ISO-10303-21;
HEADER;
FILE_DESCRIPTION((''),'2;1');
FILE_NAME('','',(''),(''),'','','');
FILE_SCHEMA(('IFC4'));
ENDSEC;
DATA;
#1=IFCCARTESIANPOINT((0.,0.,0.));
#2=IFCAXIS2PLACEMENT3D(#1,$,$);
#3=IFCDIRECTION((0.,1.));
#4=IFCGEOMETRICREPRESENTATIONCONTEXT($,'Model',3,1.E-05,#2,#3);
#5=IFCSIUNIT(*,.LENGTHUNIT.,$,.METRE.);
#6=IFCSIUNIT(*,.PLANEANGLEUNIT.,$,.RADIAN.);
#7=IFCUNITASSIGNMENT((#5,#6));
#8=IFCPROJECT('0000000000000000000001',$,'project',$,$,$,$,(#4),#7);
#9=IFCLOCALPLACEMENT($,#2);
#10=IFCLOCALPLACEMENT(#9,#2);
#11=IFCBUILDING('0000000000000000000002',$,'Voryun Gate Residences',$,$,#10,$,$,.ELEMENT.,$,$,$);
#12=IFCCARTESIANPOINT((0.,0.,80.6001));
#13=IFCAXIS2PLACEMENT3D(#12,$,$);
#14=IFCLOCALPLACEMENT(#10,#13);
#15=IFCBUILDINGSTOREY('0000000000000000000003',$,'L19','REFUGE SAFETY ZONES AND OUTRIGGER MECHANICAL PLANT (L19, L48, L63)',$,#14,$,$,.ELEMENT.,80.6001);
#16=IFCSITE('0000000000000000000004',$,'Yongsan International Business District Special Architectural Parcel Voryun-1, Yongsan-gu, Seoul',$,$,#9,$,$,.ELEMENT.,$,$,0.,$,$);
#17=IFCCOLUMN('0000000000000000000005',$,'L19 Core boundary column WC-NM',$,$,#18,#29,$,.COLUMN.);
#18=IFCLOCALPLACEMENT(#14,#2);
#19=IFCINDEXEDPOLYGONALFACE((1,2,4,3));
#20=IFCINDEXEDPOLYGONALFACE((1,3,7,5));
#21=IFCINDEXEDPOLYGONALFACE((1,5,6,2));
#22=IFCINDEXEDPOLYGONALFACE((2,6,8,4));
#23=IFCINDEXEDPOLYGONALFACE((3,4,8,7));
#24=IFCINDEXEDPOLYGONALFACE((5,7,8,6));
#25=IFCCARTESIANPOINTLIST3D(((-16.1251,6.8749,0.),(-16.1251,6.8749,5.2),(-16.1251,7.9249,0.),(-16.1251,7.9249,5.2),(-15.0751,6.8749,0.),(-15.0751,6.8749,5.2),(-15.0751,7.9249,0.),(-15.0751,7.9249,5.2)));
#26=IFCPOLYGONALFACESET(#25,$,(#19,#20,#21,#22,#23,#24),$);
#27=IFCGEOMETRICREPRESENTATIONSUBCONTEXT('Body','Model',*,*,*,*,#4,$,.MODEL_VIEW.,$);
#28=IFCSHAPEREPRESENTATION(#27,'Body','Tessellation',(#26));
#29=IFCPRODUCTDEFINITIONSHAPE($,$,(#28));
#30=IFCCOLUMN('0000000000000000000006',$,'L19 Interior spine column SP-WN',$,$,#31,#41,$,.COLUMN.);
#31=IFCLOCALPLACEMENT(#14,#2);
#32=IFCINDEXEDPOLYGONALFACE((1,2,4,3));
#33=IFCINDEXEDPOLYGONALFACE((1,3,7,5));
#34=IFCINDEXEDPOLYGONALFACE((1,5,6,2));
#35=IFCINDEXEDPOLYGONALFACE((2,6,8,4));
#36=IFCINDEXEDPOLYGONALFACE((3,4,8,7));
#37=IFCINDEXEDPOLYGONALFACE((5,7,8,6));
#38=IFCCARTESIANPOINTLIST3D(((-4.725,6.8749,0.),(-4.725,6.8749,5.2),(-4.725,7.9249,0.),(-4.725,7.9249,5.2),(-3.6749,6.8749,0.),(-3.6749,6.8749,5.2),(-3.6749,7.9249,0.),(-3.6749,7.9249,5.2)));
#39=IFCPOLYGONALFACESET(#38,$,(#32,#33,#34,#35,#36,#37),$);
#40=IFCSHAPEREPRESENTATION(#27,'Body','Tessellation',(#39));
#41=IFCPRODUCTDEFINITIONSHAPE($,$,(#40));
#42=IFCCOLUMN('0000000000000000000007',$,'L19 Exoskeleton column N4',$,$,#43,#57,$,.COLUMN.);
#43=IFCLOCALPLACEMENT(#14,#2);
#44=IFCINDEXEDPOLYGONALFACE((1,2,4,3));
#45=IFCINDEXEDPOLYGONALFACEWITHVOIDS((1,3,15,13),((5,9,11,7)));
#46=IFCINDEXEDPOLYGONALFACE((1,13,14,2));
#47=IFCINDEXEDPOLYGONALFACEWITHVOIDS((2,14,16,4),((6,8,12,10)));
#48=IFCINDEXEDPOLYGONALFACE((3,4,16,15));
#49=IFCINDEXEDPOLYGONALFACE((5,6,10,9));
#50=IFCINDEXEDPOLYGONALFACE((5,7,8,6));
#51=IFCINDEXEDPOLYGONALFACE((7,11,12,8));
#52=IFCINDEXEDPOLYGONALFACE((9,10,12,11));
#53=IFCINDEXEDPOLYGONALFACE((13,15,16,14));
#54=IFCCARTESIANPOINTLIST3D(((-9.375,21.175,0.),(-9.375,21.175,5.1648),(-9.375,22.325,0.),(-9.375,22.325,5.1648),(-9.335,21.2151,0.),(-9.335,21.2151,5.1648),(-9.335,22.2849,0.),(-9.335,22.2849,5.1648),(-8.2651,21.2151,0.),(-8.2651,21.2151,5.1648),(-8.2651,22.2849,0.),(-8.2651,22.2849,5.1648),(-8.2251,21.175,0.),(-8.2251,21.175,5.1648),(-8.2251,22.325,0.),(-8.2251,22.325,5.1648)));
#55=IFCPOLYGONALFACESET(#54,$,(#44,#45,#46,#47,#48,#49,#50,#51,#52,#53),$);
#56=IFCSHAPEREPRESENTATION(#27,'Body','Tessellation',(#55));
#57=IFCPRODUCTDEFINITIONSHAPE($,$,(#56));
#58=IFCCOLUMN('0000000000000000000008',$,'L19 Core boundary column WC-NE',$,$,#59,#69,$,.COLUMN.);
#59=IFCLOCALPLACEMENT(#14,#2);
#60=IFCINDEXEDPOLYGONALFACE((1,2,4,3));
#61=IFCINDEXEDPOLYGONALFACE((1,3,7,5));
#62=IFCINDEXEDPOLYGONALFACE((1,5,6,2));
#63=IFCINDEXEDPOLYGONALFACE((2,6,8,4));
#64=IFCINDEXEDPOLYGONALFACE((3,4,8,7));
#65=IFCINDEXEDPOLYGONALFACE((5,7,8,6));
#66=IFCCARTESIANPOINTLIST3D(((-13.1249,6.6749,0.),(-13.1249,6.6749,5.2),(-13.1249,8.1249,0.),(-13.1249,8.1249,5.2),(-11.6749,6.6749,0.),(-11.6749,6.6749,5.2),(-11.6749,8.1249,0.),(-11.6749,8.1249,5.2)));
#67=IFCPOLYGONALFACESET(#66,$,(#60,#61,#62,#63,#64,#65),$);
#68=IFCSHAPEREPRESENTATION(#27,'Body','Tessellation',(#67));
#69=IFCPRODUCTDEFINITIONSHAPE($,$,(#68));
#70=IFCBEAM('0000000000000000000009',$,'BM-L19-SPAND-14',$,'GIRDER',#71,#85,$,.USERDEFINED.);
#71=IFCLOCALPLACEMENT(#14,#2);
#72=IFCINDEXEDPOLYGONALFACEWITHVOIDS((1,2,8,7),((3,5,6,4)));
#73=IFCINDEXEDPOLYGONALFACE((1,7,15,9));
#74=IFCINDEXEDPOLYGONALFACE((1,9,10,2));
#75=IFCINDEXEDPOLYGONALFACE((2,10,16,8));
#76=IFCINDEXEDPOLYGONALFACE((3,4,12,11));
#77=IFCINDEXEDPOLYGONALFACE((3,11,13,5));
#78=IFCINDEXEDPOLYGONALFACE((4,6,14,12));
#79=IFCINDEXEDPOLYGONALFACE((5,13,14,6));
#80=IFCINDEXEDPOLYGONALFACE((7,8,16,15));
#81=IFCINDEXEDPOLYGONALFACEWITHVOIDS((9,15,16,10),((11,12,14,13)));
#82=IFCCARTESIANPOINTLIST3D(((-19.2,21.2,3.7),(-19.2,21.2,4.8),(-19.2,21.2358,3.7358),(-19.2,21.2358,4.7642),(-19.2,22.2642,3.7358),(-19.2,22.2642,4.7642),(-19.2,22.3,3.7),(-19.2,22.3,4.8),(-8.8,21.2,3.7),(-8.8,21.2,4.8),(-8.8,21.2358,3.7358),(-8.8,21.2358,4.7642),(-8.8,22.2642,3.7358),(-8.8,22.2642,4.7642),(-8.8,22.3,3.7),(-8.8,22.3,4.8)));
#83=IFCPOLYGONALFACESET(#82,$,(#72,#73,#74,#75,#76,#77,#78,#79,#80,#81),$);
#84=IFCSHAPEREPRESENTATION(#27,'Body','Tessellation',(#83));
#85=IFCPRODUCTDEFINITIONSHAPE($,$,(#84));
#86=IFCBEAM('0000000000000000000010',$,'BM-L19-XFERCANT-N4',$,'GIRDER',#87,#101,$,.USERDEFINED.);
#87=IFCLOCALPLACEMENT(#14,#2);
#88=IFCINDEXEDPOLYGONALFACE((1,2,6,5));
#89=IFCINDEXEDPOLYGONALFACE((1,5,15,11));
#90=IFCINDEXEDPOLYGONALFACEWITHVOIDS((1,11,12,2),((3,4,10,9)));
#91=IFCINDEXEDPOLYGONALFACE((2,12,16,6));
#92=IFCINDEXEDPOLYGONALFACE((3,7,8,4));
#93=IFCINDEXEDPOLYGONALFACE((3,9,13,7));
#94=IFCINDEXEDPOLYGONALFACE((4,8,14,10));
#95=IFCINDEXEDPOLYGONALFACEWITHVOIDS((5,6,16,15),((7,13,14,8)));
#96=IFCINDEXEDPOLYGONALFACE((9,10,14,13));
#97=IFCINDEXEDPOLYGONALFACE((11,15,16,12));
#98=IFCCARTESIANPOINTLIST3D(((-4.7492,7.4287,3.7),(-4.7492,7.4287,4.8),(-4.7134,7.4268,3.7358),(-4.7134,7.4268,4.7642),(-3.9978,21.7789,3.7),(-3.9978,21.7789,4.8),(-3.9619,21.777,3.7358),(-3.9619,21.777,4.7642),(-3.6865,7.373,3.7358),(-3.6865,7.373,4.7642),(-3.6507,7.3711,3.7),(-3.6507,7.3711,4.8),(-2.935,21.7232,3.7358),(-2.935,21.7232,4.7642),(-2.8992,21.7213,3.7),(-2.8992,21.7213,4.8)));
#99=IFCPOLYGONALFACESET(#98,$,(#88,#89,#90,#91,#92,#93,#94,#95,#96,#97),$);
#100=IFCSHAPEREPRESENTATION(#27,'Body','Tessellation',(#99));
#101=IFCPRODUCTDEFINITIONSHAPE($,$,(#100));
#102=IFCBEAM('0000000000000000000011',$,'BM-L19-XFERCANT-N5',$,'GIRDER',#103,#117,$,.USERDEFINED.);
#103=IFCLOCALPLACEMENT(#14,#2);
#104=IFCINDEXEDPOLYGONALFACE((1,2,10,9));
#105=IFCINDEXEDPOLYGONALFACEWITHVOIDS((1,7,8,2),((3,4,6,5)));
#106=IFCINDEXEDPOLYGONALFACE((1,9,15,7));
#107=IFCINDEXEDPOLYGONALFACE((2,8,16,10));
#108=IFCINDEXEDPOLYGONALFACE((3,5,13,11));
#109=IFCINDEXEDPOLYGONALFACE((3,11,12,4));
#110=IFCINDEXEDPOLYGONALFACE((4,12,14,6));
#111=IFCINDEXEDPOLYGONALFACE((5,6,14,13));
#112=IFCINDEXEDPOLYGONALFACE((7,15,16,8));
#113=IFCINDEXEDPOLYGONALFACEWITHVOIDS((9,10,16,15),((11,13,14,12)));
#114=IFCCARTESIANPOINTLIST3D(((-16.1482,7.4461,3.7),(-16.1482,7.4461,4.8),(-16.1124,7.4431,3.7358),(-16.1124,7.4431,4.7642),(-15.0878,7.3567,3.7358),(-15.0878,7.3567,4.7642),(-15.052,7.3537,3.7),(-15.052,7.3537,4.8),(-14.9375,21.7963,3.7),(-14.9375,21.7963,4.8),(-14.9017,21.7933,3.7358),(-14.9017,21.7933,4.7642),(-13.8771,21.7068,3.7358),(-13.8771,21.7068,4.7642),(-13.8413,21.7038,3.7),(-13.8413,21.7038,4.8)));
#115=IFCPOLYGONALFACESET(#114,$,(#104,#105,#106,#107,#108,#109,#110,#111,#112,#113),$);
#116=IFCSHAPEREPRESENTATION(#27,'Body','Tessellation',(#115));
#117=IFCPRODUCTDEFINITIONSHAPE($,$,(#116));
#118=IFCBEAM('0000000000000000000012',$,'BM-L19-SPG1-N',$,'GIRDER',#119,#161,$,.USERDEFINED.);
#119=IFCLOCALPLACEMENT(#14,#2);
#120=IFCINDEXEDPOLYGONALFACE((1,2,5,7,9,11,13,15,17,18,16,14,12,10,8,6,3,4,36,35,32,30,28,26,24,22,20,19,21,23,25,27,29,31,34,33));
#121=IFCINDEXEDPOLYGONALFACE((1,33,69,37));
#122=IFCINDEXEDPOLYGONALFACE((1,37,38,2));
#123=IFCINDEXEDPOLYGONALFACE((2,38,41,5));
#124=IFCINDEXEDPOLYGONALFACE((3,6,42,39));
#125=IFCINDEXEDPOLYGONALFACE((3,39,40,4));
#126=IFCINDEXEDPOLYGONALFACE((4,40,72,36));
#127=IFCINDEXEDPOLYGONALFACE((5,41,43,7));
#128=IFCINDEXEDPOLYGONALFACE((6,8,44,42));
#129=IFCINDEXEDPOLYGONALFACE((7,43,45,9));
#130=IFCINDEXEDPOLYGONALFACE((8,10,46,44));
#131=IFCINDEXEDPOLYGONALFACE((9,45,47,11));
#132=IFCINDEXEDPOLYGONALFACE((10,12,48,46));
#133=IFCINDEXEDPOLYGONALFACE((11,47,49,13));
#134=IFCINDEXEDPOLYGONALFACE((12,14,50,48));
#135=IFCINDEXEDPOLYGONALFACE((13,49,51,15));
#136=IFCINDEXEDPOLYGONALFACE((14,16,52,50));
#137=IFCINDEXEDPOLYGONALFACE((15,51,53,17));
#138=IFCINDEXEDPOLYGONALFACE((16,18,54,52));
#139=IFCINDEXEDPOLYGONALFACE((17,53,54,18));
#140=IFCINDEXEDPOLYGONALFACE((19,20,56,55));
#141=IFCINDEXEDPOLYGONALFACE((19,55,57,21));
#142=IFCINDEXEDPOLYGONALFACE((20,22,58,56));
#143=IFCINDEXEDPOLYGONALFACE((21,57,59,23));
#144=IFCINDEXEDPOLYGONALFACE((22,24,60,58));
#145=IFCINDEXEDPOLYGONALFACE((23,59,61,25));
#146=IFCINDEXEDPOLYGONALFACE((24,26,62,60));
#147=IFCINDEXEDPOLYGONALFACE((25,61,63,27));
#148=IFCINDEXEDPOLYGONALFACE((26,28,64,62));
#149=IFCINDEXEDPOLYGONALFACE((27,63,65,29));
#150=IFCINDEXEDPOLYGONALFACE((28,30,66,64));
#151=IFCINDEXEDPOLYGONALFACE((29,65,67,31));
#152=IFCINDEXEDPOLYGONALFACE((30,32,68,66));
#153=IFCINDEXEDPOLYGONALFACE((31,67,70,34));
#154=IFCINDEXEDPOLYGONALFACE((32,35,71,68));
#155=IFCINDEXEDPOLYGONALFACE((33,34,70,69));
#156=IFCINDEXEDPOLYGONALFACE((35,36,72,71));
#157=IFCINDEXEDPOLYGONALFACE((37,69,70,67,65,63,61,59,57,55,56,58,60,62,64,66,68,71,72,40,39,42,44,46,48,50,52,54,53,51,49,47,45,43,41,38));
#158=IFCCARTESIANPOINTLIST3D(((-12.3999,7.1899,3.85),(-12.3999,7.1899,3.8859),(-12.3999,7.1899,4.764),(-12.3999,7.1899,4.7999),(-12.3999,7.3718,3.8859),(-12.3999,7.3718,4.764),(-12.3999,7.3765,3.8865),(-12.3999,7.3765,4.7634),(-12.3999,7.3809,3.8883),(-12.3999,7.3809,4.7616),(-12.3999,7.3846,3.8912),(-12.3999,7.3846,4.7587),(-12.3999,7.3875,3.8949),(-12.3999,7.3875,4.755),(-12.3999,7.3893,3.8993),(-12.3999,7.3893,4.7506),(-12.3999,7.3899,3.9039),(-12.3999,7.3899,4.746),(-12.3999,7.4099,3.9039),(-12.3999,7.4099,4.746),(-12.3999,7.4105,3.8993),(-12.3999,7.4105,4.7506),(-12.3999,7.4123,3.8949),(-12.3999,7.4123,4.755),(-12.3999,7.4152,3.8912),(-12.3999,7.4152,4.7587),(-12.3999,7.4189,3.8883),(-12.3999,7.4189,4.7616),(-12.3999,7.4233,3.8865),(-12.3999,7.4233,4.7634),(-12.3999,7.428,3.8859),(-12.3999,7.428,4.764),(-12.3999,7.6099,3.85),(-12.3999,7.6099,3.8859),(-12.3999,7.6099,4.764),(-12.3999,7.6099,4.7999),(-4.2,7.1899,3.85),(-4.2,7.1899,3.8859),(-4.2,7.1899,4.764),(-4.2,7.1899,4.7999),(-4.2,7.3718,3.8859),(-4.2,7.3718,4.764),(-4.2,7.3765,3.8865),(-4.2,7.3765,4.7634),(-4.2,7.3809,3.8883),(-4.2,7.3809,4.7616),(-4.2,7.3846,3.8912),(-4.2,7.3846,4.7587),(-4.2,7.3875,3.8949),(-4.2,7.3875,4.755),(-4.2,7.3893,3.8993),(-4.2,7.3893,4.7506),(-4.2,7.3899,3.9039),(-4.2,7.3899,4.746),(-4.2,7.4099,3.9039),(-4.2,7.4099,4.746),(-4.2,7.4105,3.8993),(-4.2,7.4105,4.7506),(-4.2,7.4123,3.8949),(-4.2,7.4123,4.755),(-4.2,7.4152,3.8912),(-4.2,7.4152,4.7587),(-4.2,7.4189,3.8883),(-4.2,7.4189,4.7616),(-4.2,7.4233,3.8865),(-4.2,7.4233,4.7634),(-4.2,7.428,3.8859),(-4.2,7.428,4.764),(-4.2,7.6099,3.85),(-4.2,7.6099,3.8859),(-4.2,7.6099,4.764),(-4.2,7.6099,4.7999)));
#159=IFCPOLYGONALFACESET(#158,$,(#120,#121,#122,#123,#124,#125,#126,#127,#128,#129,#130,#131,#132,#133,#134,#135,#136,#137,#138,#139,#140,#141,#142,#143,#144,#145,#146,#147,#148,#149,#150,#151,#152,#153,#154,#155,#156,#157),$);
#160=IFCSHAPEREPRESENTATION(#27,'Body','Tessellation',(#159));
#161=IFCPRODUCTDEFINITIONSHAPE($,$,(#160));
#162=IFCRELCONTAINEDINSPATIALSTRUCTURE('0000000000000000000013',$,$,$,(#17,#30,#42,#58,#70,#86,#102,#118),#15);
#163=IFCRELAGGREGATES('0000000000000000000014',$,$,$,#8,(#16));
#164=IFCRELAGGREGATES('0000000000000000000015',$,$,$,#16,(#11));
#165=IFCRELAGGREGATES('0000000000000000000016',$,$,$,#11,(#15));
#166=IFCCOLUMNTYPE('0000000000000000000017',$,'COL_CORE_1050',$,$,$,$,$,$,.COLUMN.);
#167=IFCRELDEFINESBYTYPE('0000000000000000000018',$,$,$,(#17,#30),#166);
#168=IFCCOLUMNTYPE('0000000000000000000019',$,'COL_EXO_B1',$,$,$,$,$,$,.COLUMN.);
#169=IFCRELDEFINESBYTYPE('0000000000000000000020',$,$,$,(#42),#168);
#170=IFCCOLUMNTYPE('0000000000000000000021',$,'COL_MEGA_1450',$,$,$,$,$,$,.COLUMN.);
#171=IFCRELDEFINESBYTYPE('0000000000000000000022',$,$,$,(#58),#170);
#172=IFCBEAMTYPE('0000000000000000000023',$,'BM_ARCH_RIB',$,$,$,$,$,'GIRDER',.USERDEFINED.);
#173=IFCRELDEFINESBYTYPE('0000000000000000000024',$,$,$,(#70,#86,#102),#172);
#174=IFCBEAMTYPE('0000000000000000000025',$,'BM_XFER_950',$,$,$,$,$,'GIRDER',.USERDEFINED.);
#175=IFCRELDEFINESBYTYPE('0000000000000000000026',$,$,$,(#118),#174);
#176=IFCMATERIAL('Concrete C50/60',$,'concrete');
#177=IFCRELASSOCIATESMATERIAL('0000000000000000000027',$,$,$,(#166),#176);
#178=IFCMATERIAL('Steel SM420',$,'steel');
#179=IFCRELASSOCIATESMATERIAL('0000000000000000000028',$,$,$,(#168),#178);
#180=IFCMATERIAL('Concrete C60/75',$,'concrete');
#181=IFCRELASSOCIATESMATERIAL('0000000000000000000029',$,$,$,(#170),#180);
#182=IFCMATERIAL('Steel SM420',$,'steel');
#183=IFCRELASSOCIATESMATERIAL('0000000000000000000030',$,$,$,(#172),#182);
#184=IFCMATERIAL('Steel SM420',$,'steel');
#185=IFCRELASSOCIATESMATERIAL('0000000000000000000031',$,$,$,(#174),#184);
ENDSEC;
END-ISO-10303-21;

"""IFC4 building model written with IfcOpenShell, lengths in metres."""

from ifc_helpers import new_model, si_unit, direction, frame, origin, origin_2d, place, context, subcontext, project, spatial, rectangle, hollow_rectangle, i_section, extrude, material, material_profile, profile_set, type_object, element, save


model = new_model("IFC4")

# Units and contexts
model_context = context("Model", 3, precision=1e-05, world=origin(), true_north=direction((0.0, 1.0)))
body_context = subcontext(model_context, "Body", "Model", "MODEL_VIEW")
ifc_project = project(units=[si_unit("LENGTHUNIT", "METRE"), si_unit("PLANEANGLEUNIT", "RADIAN")], contexts=[model_context])

# Site, building, storey
site_placement = place(None, origin())
site = spatial("IfcSite", under=ifc_project, at=site_placement, Name="Yongsan International Business District Special Architectural Parcel Voryun-1, Yongsan-gu, Seoul", CompositionType="ELEMENT", RefElevation=0.0)
building_placement = place(site_placement, origin())
building = spatial("IfcBuilding", under=site, at=building_placement, Name="Voryun Gate Residences", CompositionType="ELEMENT")
storey_placement = place(building_placement, frame((0.0, 0.0, 80.6001)))
storey = spatial("IfcBuildingStorey", under=building, at=storey_placement, Name="L19", Description="REFUGE SAFETY ZONES AND OUTRIGGER MECHANICAL PLANT (L19, L48, L63)", CompositionType="ELEMENT", Elevation=80.6001)

# Columns
ifc_material_1 = material(Name="Concrete C50/60", Category="concrete")
ifc_material_profile_1 = material_profile(ifc_material_1, rectangle(XDim=1.05, YDim=1.05, at=origin_2d()), Name="RC-1050x1050")
ifc_profile_set_1 = profile_set([ifc_material_profile_1], Name="Concrete C50/60")
column_type_1 = type_object("IfcColumnType", Name="COL_CORE_1050", PredefinedType="COLUMN", material=ifc_profile_set_1)
for number, where, z_axis, x_axis, name in (
    (1, (-15.6001, 7.3999, 0.0), (0.0, 0.0, 1.0), (1.0, 0.0, 0.0), "L19 Core boundary column WC-NM"),
    (2, (-4.2, 7.3999, 0.0), (0.0, 0.0, 1.0), (1.0, 0.0, 0.0), "L19 Interior spine column SP-WN"),
):
    element("IfcColumn", number, at=place(storey_placement, frame(where, z_axis=z_axis, x_axis=x_axis)), inside=storey, type_object=column_type_1, Name=name, PredefinedType="COLUMN", context=body_context, shape_type="SweptSolid", body=[
        extrude(rectangle(XDim=1.05, YDim=1.05, at=origin_2d()), origin(), (0.0, 0.0, 1.0), 5.2),
    ])
ifc_material_2 = material(Name="Steel SM420", Category="steel")
ifc_material_profile_2 = material_profile(ifc_material_2, hollow_rectangle(XDim=1.1499, YDim=1.1499, WallThickness=0.04, at=origin_2d()), Name="BOX-1150x1150x40")
ifc_profile_set_2 = profile_set([ifc_material_profile_2], Name="Steel SM420")
column_type_2 = type_object("IfcColumnType", Name="COL_EXO_B1", PredefinedType="COLUMN", material=ifc_profile_set_2)
column_1_placement = place(storey_placement, frame((-8.8, 21.75, 0.0), z_axis=(0.0, 0.0, 1.0), x_axis=(1.0, 0.0, 0.0)))
element("IfcColumn", 3, at=column_1_placement, inside=storey, type_object=column_type_2, Name="L19 Exoskeleton column N4", PredefinedType="COLUMN", context=body_context, shape_type="SweptSolid", body=[
    extrude(hollow_rectangle(XDim=1.1499, YDim=1.1499, WallThickness=0.04, at=origin_2d()), origin(), (0.0, 0.0, 1.0), 5.1648),
])
ifc_material_3 = material(Name="Concrete C60/75", Category="concrete")
ifc_material_profile_3 = material_profile(ifc_material_3, rectangle(XDim=1.45, YDim=1.45, at=origin_2d()), Name="RC-1450x1450")
ifc_profile_set_3 = profile_set([ifc_material_profile_3], Name="Concrete C60/75")
column_type_3 = type_object("IfcColumnType", Name="COL_MEGA_1450", PredefinedType="COLUMN", material=ifc_profile_set_3)
column_2_placement = place(storey_placement, frame((-12.3999, 7.3999, 0.0), z_axis=(0.0, 0.0, 1.0), x_axis=(1.0, 0.0, 0.0)))
element("IfcColumn", 4, at=column_2_placement, inside=storey, type_object=column_type_3, Name="L19 Core boundary column WC-NE", PredefinedType="COLUMN", context=body_context, shape_type="SweptSolid", body=[
    extrude(rectangle(XDim=1.45, YDim=1.45, at=origin_2d()), origin(), (0.0, 0.0, 1.0), 5.2),
])

# Beams
ifc_material_4 = material(Name="Steel SM420", Category="steel")
ifc_material_profile_4 = material_profile(ifc_material_4, hollow_rectangle(XDim=1.1001, YDim=1.1001, WallThickness=0.0359, at=origin_2d()), Name="BOX-1100x1100x36")
ifc_profile_set_4 = profile_set([ifc_material_profile_4], Name="Steel SM420")
beam_type_1 = type_object("IfcBeamType", Name="BM_ARCH_RIB", ElementType="GIRDER", PredefinedType="USERDEFINED", material=ifc_profile_set_4)
beam_1_placement = place(storey_placement, frame((-8.8, 21.75, 4.25), z_axis=(-1.0, 0.0, 0.0), x_axis=(0.0, -1.0, 0.0)))
element("IfcBeam", 5, at=beam_1_placement, inside=storey, type_object=beam_type_1, Name="BM-L19-SPAND-14", ObjectType="GIRDER", PredefinedType="USERDEFINED", context=body_context, shape_type="SweptSolid", body=[
    extrude(hollow_rectangle(XDim=1.1001, YDim=1.1001, WallThickness=0.0359, at=origin_2d()), origin(), (0.0, 0.0, 1.0), 10.3999),
])
beam_2_placement = place(storey_placement, frame((-4.2, 7.3999, 4.25), z_axis=(0.052295, 0.998632, 0.0), x_axis=(-0.998632, 0.052295, 0.0)))
element("IfcBeam", 6, at=beam_2_placement, inside=storey, type_object=beam_type_1, Name="BM-L19-XFERCANT-N4", ObjectType="GIRDER", PredefinedType="USERDEFINED", context=body_context, shape_type="SweptSolid", body=[
    extrude(hollow_rectangle(XDim=1.1001, YDim=1.1001, WallThickness=0.0359, at=origin_2d()), origin(), (0.0, 0.0, 1.0), 14.3699),
])
beam_3_placement = place(storey_placement, frame((-15.6001, 7.3999, 4.25), z_axis=(0.08407, 0.99646, 0.0), x_axis=(-0.99646, 0.08407, 0.0)))
element("IfcBeam", 7, at=beam_3_placement, inside=storey, type_object=beam_type_1, Name="BM-L19-XFERCANT-N5", ObjectType="GIRDER", PredefinedType="USERDEFINED", context=body_context, shape_type="SweptSolid", body=[
    extrude(hollow_rectangle(XDim=1.1001, YDim=1.1001, WallThickness=0.0359, at=origin_2d()), origin(), (0.0, 0.0, 1.0), 14.4011),
])
ifc_material_5 = material(Name="Steel SM420", Category="steel")
ifc_material_profile_5 = material_profile(ifc_material_5, i_section(OverallWidth=0.4199, OverallDepth=0.95, WebThickness=0.02, FlangeThickness=0.0359, FilletRadius=0.0181, at=origin_2d()), Name="H-950x420x20x36")
ifc_profile_set_5 = profile_set([ifc_material_profile_5], Name="Steel SM420")
beam_type_2 = type_object("IfcBeamType", Name="BM_XFER_950", ElementType="GIRDER", PredefinedType="USERDEFINED", material=ifc_profile_set_5)
beam_4_placement = place(storey_placement, frame((-12.3999, 7.3999, 4.325), z_axis=(1.0, 0.0, 0.0), x_axis=(0.0, 1.0, 0.0)))
element("IfcBeam", 8, at=beam_4_placement, inside=storey, type_object=beam_type_2, Name="BM-L19-SPG1-N", ObjectType="GIRDER", PredefinedType="USERDEFINED", context=body_context, shape_type="SweptSolid", body=[
    extrude(i_section(OverallWidth=0.4199, OverallDepth=0.95, WebThickness=0.02, FlangeThickness=0.0359, FilletRadius=0.0181, at=origin_2d()), origin(), (0.0, 0.0, 1.0), 8.2),
])

save(model, "model.ifc")
